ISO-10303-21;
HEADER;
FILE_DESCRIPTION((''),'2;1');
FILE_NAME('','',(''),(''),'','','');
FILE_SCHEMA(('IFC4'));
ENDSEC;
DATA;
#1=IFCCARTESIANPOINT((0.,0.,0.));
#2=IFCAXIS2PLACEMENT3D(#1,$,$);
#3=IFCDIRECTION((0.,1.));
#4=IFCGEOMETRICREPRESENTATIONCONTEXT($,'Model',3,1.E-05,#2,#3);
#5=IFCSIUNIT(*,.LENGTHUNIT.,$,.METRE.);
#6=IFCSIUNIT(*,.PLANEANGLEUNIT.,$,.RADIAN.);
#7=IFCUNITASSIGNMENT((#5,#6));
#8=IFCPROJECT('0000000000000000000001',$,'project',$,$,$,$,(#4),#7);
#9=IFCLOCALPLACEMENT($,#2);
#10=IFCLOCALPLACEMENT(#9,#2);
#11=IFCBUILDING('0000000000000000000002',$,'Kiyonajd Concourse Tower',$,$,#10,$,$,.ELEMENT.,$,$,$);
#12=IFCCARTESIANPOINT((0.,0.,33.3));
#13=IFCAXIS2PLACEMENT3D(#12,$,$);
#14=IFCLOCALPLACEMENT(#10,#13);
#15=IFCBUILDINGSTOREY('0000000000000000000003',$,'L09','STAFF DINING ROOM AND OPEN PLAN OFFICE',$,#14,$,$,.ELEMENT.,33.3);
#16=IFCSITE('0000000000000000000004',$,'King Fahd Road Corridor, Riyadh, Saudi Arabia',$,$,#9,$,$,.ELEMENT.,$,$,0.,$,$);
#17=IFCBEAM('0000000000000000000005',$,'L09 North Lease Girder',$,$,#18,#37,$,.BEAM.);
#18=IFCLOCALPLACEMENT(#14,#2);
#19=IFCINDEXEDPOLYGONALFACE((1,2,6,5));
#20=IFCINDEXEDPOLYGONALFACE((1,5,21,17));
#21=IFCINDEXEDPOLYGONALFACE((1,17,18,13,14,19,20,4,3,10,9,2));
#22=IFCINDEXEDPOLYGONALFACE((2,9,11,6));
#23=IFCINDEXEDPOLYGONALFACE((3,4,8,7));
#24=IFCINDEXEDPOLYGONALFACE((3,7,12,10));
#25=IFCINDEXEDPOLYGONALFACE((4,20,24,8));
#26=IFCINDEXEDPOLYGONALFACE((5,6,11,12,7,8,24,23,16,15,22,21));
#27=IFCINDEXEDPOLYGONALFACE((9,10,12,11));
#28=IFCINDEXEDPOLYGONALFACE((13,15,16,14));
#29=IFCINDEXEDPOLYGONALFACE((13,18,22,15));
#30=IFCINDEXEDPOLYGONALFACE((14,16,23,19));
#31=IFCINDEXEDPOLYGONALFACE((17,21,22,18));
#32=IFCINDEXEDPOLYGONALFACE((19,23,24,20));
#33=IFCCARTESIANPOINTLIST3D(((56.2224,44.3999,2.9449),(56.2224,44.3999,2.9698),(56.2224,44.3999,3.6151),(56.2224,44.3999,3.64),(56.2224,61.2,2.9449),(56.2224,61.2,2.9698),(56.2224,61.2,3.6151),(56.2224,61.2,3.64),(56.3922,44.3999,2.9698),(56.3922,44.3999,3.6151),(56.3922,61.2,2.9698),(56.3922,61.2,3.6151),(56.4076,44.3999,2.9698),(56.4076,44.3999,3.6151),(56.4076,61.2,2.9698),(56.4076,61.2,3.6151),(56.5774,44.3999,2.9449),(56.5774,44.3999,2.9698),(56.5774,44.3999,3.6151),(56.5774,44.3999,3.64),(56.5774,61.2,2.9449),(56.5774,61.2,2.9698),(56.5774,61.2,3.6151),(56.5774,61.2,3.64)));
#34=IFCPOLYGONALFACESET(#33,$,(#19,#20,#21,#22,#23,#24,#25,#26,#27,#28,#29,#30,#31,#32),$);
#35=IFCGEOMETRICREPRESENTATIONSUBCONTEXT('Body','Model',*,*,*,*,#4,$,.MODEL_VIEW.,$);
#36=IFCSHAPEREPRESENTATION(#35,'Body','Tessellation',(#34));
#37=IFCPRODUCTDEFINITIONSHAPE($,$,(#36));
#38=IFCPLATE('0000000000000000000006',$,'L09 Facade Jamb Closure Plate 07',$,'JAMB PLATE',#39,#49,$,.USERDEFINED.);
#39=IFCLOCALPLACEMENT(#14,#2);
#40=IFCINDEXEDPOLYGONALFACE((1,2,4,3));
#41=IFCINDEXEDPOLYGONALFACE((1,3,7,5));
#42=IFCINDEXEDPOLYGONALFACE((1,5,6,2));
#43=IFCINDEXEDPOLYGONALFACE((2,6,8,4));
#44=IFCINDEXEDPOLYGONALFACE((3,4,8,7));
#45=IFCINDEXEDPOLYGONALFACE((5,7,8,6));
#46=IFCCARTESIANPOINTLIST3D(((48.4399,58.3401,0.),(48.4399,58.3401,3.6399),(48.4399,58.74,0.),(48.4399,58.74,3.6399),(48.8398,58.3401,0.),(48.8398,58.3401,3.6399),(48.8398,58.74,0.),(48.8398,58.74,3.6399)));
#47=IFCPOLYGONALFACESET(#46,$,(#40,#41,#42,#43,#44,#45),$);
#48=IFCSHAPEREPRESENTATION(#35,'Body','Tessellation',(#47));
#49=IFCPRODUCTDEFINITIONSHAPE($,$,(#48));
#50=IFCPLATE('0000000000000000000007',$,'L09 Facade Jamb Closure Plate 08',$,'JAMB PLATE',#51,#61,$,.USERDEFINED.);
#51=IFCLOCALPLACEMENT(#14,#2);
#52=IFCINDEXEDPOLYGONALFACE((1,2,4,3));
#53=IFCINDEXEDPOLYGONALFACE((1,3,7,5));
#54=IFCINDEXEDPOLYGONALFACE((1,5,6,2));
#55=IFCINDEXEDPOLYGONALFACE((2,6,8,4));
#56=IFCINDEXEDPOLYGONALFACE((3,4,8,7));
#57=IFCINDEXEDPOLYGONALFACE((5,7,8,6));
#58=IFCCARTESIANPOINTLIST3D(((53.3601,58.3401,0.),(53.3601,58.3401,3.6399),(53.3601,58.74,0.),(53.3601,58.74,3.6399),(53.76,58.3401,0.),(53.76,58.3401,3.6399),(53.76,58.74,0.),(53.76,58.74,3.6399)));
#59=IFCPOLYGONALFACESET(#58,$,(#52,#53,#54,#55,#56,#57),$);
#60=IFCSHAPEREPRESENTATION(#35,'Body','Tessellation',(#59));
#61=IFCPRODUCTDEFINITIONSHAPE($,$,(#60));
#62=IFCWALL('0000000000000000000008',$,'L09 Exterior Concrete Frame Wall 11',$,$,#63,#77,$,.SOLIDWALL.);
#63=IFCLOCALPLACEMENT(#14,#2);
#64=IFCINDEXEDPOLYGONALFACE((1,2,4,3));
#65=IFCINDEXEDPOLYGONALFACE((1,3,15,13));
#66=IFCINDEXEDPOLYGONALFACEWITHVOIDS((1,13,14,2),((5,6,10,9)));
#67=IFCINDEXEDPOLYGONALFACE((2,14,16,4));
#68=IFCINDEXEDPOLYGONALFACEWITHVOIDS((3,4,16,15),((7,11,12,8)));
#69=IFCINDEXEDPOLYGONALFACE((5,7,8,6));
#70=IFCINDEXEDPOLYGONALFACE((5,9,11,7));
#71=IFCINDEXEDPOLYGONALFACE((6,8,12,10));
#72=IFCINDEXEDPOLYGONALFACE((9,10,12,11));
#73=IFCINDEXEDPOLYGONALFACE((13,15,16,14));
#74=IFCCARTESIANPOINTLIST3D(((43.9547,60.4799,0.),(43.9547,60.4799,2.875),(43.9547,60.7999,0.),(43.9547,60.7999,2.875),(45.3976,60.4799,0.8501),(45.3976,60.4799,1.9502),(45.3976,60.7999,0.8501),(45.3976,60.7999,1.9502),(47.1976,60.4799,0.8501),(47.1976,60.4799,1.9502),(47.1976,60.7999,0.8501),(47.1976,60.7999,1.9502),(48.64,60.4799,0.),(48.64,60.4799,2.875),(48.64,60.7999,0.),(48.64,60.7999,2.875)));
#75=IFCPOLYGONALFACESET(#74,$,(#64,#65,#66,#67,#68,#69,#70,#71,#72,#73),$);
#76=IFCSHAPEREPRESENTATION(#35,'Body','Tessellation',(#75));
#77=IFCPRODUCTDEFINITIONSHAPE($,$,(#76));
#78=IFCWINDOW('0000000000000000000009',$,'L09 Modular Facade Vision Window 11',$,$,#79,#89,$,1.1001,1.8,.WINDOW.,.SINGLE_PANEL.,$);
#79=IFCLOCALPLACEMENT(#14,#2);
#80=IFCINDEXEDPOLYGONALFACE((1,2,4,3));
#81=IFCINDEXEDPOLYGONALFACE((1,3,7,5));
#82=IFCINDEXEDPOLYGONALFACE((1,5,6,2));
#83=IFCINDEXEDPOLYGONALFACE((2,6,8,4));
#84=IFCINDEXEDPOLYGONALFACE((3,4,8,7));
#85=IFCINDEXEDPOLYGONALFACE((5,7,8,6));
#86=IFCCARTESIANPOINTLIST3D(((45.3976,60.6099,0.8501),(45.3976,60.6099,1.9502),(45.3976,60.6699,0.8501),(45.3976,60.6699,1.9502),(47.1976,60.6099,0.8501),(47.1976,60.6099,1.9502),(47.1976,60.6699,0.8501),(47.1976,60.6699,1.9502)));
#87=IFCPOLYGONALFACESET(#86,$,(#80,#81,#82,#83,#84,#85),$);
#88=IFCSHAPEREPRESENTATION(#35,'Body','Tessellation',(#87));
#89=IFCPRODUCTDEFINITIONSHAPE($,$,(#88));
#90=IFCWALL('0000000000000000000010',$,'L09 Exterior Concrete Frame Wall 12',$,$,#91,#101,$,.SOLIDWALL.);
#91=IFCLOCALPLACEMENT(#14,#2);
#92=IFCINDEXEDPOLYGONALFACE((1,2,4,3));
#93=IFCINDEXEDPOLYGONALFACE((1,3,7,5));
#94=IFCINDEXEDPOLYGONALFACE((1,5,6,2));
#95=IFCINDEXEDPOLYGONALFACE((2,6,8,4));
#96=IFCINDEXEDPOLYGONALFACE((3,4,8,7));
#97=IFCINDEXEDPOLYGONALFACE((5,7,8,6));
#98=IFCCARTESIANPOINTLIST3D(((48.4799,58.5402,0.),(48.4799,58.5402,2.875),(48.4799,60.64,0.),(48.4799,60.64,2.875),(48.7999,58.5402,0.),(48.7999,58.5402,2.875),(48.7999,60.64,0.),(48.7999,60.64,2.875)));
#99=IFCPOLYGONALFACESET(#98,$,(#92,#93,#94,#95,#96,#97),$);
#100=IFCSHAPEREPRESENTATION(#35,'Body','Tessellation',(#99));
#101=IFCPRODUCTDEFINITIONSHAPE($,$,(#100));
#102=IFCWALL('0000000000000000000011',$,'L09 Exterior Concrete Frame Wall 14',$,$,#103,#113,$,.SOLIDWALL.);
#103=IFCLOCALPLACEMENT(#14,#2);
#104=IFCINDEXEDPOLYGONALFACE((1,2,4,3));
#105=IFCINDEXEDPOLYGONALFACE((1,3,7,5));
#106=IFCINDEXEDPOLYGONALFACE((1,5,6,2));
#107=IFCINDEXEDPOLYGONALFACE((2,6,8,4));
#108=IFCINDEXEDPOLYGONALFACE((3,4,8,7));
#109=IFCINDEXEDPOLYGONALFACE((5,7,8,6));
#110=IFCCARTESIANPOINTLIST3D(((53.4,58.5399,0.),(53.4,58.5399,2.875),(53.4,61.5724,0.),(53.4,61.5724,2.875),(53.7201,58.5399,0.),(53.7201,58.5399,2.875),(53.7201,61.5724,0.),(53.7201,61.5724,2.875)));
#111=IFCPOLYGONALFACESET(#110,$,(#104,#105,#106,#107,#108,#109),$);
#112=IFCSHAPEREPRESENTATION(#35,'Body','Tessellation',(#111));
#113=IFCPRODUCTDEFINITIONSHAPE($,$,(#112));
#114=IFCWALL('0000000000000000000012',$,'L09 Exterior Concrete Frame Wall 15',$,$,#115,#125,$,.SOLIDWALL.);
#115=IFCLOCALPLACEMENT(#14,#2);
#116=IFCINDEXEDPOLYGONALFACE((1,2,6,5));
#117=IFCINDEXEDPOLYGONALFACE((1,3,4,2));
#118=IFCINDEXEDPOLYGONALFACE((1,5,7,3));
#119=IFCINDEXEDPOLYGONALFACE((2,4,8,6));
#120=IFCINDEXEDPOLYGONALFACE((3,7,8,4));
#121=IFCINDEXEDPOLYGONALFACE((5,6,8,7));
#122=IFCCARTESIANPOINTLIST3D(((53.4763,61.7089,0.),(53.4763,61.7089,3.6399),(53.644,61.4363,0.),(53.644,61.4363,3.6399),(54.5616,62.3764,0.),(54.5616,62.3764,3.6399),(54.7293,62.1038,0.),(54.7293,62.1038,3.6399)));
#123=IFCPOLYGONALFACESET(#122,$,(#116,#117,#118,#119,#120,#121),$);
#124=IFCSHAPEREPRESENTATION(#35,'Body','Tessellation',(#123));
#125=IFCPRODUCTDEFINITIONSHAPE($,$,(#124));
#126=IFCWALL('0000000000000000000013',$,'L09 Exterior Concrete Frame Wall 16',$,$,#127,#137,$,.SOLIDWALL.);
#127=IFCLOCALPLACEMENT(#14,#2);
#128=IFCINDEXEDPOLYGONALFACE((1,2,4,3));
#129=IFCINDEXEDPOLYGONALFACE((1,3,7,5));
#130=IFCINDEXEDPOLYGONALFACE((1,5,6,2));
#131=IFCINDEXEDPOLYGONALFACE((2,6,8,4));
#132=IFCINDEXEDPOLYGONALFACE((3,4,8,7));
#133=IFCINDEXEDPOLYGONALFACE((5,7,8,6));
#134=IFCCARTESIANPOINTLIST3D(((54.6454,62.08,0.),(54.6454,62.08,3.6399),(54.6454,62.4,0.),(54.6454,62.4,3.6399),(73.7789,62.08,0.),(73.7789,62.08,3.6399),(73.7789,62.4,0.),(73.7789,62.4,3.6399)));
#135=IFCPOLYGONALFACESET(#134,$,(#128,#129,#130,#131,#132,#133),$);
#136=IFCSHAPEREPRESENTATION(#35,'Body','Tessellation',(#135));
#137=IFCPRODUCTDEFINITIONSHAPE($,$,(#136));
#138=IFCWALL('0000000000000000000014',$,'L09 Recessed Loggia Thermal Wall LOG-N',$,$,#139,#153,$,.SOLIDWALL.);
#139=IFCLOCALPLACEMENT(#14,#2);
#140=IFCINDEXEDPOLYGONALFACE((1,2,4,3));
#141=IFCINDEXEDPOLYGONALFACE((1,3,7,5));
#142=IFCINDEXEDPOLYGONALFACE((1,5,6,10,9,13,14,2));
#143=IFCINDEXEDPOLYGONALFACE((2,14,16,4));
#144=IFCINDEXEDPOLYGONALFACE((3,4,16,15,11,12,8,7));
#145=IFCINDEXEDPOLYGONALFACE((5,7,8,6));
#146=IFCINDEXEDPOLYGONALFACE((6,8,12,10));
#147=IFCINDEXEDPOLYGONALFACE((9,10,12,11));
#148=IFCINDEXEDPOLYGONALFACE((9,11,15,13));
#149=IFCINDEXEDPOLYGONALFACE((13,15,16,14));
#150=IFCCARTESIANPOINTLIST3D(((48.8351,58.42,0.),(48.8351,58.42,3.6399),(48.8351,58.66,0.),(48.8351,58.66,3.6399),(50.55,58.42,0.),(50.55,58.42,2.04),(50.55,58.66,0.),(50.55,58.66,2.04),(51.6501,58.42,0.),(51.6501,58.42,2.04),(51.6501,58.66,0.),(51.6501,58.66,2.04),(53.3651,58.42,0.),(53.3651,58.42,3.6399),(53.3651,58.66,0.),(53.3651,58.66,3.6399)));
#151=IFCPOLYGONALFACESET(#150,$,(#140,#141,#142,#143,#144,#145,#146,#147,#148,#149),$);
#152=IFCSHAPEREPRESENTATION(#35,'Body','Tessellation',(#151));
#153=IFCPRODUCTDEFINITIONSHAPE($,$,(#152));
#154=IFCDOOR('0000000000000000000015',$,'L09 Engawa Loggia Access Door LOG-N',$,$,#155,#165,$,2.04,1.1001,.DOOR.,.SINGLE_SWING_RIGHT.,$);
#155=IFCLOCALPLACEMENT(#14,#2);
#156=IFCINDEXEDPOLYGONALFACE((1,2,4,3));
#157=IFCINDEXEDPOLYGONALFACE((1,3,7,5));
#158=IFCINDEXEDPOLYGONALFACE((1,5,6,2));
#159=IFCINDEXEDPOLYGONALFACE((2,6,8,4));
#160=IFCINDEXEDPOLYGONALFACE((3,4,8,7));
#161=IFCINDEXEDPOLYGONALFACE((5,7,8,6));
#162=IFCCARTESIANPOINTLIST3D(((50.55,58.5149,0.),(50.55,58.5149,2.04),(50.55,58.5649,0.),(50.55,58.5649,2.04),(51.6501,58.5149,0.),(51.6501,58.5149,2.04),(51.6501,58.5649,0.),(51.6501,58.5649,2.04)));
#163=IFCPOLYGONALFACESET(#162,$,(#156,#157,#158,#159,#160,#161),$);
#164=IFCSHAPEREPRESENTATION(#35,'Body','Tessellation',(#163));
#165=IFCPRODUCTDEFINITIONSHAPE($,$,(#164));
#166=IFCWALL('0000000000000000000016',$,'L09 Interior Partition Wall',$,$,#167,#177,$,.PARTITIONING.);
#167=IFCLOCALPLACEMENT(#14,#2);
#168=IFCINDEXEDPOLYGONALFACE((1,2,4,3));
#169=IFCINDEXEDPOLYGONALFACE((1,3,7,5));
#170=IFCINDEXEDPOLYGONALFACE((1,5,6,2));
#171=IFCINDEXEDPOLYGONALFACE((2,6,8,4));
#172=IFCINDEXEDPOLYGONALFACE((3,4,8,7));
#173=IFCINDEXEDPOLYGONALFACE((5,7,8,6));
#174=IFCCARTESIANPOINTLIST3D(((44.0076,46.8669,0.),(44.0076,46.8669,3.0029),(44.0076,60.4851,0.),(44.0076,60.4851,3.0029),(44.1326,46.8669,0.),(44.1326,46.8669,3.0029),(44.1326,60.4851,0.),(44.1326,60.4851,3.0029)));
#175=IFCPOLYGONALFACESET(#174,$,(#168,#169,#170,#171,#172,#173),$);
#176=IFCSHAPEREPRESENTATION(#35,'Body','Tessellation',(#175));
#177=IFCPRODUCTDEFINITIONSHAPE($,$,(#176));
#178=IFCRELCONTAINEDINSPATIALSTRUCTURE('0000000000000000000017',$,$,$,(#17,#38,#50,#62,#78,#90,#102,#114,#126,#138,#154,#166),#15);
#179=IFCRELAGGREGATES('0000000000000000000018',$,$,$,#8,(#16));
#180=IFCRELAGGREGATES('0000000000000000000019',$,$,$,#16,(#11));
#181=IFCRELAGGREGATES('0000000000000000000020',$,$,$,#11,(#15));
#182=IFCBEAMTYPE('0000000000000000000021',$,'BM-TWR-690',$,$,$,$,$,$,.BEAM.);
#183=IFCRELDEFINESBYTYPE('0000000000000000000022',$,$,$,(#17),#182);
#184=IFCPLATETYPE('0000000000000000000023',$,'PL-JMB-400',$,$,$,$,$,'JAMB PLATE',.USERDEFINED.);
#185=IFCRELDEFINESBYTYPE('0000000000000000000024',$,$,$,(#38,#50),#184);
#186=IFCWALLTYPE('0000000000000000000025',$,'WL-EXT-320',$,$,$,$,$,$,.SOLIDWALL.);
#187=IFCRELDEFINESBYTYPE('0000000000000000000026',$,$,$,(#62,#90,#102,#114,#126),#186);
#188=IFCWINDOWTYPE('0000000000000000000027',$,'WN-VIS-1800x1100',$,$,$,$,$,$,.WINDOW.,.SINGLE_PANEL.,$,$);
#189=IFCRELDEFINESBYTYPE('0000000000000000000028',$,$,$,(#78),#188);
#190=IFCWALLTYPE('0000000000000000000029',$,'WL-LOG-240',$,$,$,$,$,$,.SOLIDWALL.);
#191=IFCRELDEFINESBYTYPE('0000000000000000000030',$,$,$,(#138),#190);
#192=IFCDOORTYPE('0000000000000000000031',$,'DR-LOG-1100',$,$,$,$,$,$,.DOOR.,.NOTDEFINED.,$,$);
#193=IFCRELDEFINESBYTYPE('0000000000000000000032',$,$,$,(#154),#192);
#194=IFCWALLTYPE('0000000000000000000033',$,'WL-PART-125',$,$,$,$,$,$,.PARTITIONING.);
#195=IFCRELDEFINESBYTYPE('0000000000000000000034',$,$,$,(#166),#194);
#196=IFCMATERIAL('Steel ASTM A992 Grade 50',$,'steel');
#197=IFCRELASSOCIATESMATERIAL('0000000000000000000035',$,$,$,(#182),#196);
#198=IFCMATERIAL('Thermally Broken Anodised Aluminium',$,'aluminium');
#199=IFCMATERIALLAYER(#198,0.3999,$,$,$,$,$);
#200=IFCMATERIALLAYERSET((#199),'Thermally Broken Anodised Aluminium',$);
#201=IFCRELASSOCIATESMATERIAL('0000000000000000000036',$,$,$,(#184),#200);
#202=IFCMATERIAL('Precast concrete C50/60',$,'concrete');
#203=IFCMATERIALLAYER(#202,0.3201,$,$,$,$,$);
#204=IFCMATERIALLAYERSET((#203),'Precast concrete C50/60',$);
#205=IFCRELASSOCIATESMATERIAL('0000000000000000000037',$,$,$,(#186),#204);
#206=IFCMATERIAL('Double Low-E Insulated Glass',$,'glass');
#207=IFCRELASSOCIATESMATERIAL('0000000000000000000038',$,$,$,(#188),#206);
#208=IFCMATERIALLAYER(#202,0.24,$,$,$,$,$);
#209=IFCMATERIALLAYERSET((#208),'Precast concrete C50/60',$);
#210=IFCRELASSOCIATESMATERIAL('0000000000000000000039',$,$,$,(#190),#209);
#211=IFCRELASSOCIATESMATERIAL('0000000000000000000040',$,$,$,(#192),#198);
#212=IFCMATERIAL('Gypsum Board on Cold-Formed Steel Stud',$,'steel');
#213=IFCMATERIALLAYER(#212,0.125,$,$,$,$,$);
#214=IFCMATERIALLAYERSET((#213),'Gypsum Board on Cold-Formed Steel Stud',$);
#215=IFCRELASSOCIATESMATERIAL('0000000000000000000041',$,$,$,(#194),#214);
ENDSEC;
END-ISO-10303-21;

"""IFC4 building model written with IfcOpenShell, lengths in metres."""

from ifc_helpers import new_model, si_unit, direction, frame, frame_2d, origin, origin_2d, place, context, subcontext, project, spatial, rectangle, i_section, extrude, material, layer, layer_set, material_profile, profile_set, type_object, element, fill, save


model = new_model("IFC4")

# Units and contexts
model_context = context("Model", 3, precision=1e-05, world=origin(), true_north=direction((0.0, 1.0)))
body_context = subcontext(model_context, "Body", "Model", "MODEL_VIEW")
ifc_project = project(units=[si_unit("LENGTHUNIT", "METRE"), si_unit("PLANEANGLEUNIT", "RADIAN")], contexts=[model_context])

# Site, building, storey
site_placement = place(None, origin())
site = spatial("IfcSite", under=ifc_project, at=site_placement, Name="King Fahd Road Corridor, Riyadh, Saudi Arabia", CompositionType="ELEMENT", RefElevation=0.0)
building_placement = place(site_placement, origin())
building = spatial("IfcBuilding", under=site, at=building_placement, Name="Kiyonajd Concourse Tower", CompositionType="ELEMENT")
storey_placement = place(building_placement, frame((0.0, 0.0, 33.3)))
storey = spatial("IfcBuildingStorey", under=building, at=storey_placement, Name="L09", Description="STAFF DINING ROOM AND OPEN PLAN OFFICE", CompositionType="ELEMENT", Elevation=33.3)

# Beam
ifc_material_1 = material(Name="Steel ASTM A992 Grade 50", Category="steel")
ifc_material_2 = material(Name="Precast concrete C50/60", Category="concrete")
ifc_material_profile_1 = material_profile(ifc_material_1, i_section(OverallWidth=0.355, OverallDepth=0.6951, WebThickness=0.0154, FlangeThickness=0.0249, at=origin_2d()), Name="W690X217")
ifc_profile_set_1 = profile_set([ifc_material_profile_1], Name="Steel ASTM A992 Grade 50")
beam_type_1 = type_object("IfcBeamType", Name="BM-TWR-690", PredefinedType="BEAM", material=ifc_profile_set_1)
beam_1_placement = place(storey_placement, frame((56.3999, 44.3999, 3.2925), z_axis=(0.0, 1.0, 0.0), x_axis=(-1.0, 0.0, 0.0)))
element("IfcBeam", 1, at=beam_1_placement, inside=storey, type_object=beam_type_1, Name="L09 North Lease Girder", PredefinedType="BEAM", context=body_context, shape_type="SweptSolid", body=[
    extrude(i_section(OverallWidth=0.355, OverallDepth=0.6951, WebThickness=0.0154, FlangeThickness=0.0249, at=origin_2d()), origin(), (0.0, 0.0, 1.0), 16.8),
])

# Plates
ifc_material_3 = material(Name="Thermally Broken Anodised Aluminium", Category="aluminium")
ifc_layer_1 = layer(ifc_material_3, 0.3999)
ifc_layer_set_1 = layer_set([ifc_layer_1], Name="Thermally Broken Anodised Aluminium")
plate_type = type_object("IfcPlateType", Name="PL-JMB-400", ElementType="JAMB PLATE", PredefinedType="USERDEFINED", material=ifc_layer_set_1)
for number, where, z_axis, x_axis, name in (
    (2, (48.6399, 58.54, 0.0), (0.0, 0.0, 1.0), (1.0, 0.0, 0.0), "L09 Facade Jamb Closure Plate 07"),
    (3, (53.5601, 58.54, 0.0), (0.0, 0.0, 1.0), (1.0, 0.0, 0.0), "L09 Facade Jamb Closure Plate 08"),
):
    element("IfcPlate", number, at=place(storey_placement, frame(where, z_axis=z_axis, x_axis=x_axis)), inside=storey, type_object=plate_type, Name=name, ObjectType="JAMB PLATE", PredefinedType="USERDEFINED", context=body_context, shape_type="SweptSolid", body=[
        extrude(rectangle(XDim=0.3999, YDim=0.3999, at=origin_2d()), origin(), (0.0, 0.0, 1.0), 3.6399),
    ])

# Wall, opening, window
ifc_layer_2 = layer(ifc_material_2, 0.3201)
ifc_layer_set_2 = layer_set([ifc_layer_2], Name="Precast concrete C50/60")
wall_type_1 = type_object("IfcWallType", Name="WL-EXT-320", PredefinedType="SOLIDWALL", material=ifc_layer_set_2)
wall_1_placement = place(storey_placement, frame((43.9546, 60.6399, 0.0), z_axis=(0.0, 0.0, 1.0), x_axis=(1.0, 0.0, 0.0)))
wall_1 = element("IfcWall", 4, at=wall_1_placement, inside=storey, type_object=wall_type_1, Name="L09 Exterior Concrete Frame Wall 11", PredefinedType="SOLIDWALL", context=body_context, shape_type="SweptSolid", body=[
    extrude(rectangle(XDim=4.6853, YDim=0.3201, at=frame_2d((2.3428, 0.0))), origin(), (0.0, 0.0, 1.0), 2.875),
])
opening_1_placement = place(wall_1_placement, frame((1.4431, 0.0, 0.8501)))
opening_1 = element("IfcOpeningElement", 5, at=opening_1_placement, cuts=wall_1, PredefinedType="OPENING", context=body_context, shape_type="SweptSolid", body=[
    extrude(rectangle(XDim=1.8, YDim=1.1001, at=frame_2d((0.8999, 0.55))), frame((0.0, 0.1699, 0.0), z_axis=(0.0, -1.0, 0.0), x_axis=(1.0, 0.0, 0.0)), (0.0, 0.0, 1.0), 0.3401),
])
ifc_material_4 = material(Name="Double Low-E Insulated Glass", Category="glass")
window_type = type_object("IfcWindowType", Name="WN-VIS-1800x1100", PartitioningType="SINGLE_PANEL", PredefinedType="WINDOW", material=ifc_material_4)
window_placement = place(opening_1_placement, origin())
window = element("IfcWindow", 6, at=window_placement, inside=storey, type_object=window_type, Name="L09 Modular Facade Vision Window 11", OverallHeight=1.1001, OverallWidth=1.8, PartitioningType="SINGLE_PANEL", PredefinedType="WINDOW", context=body_context, shape_type="SweptSolid", body=[
    extrude(rectangle(XDim=1.8, YDim=1.1001, at=frame_2d((0.8999, 0.55))), frame((0.0, 0.03, 0.0), z_axis=(0.0, -1.0, 0.0), x_axis=(1.0, 0.0, 0.0)), (0.0, 0.0, 1.0), 0.0601),
])
fill(opening_1, window)

# Walls
wall_2_placement = place(storey_placement, frame((48.6399, 60.6399, 0.0), z_axis=(0.0, 0.0, 1.0), x_axis=(0.0, -1.0, 0.0)))
element("IfcWall", 7, at=wall_2_placement, inside=storey, type_object=wall_type_1, Name="L09 Exterior Concrete Frame Wall 12", PredefinedType="SOLIDWALL", context=body_context, shape_type="SweptSolid", body=[
    extrude(rectangle(XDim=2.0999, YDim=0.3201, at=frame_2d((1.0498, 0.0))), origin(), (0.0, 0.0, 1.0), 2.875),
])
wall_3_placement = place(storey_placement, frame((53.5601, 58.54, 0.0), z_axis=(0.0, 0.0, 1.0), x_axis=(0.0, 1.0, 0.0)))
element("IfcWall", 8, at=wall_3_placement, inside=storey, type_object=wall_type_1, Name="L09 Exterior Concrete Frame Wall 14", PredefinedType="SOLIDWALL", context=body_context, shape_type="SweptSolid", body=[
    extrude(rectangle(XDim=3.0325, YDim=0.3201, at=frame_2d((1.5161, 0.0))), origin(), (0.0, 0.0, 1.0), 2.875),
])
wall_4_placement = place(storey_placement, frame((53.5601, 61.5725, 0.0), z_axis=(0.0, 0.0, 1.0), x_axis=(0.851777, 0.523905, 0.0)))
element("IfcWall", 9, at=wall_4_placement, inside=storey, type_object=wall_type_1, Name="L09 Exterior Concrete Frame Wall 15", PredefinedType="SOLIDWALL", context=body_context, shape_type="SweptSolid", body=[
    extrude(rectangle(XDim=1.2742, YDim=0.3201, at=frame_2d((0.6372, 0.0))), origin(), (0.0, 0.0, 1.0), 3.6399),
])
wall_5_placement = place(storey_placement, frame((54.6453, 62.24, 0.0), z_axis=(0.0, 0.0, 1.0), x_axis=(1.0, 0.0, 0.0)))
element("IfcWall", 10, at=wall_5_placement, inside=storey, type_object=wall_type_1, Name="L09 Exterior Concrete Frame Wall 16", PredefinedType="SOLIDWALL", context=body_context, shape_type="SweptSolid", body=[
    extrude(rectangle(XDim=19.1335, YDim=0.3201, at=frame_2d((9.5669, 0.0))), origin(), (0.0, 0.0, 1.0), 3.6399),
])

# Wall, opening, door
ifc_layer_3 = layer(ifc_material_2, 0.24)
ifc_layer_set_3 = layer_set([ifc_layer_3], Name="Precast concrete C50/60")
wall_type_2 = type_object("IfcWallType", Name="WL-LOG-240", PredefinedType="SOLIDWALL", material=ifc_layer_set_3)
wall_6_placement = place(storey_placement, frame((48.835, 58.54, 0.0), z_axis=(0.0, 0.0, 1.0), x_axis=(1.0, 0.0, 0.0)))
wall_6 = element("IfcWall", 11, at=wall_6_placement, inside=storey, type_object=wall_type_2, Name="L09 Recessed Loggia Thermal Wall LOG-N", PredefinedType="SOLIDWALL", context=body_context, shape_type="SweptSolid", body=[
    extrude(rectangle(XDim=4.53, YDim=0.24, at=frame_2d((2.2651, 0.0))), origin(), (0.0, 0.0, 1.0), 3.6399),
])
opening_2_placement = place(wall_6_placement, frame((1.7151, 0.0, 0.0)))
opening_2 = element("IfcOpeningElement", 12, at=opening_2_placement, cuts=wall_6, PredefinedType="OPENING", context=body_context, shape_type="SweptSolid", body=[
    extrude(rectangle(XDim=1.1001, YDim=2.04, at=frame_2d((0.55, 1.02))), frame((0.0, 0.1299, 0.0), z_axis=(0.0, -1.0, 0.0), x_axis=(1.0, 0.0, 0.0)), (0.0, 0.0, 1.0), 0.26),
])
door_type = type_object("IfcDoorType", Name="DR-LOG-1100", OperationType="NOTDEFINED", PredefinedType="DOOR", material=ifc_material_3)
door_placement = place(opening_2_placement, origin())
door = element("IfcDoor", 13, at=door_placement, inside=storey, type_object=door_type, Name="L09 Engawa Loggia Access Door LOG-N", OperationType="SINGLE_SWING_RIGHT", OverallHeight=2.04, OverallWidth=1.1001, PredefinedType="DOOR", context=body_context, shape_type="SweptSolid", body=[
    extrude(rectangle(XDim=1.1001, YDim=2.04, at=frame_2d((0.55, 1.02))), frame((0.0, 0.0249, 0.0), z_axis=(0.0, -1.0, 0.0), x_axis=(1.0, 0.0, 0.0)), (0.0, 0.0, 1.0), 0.05),
])
fill(opening_2, door)

# Wall
ifc_material_5 = material(Name="Gypsum Board on Cold-Formed Steel Stud", Category="steel")
ifc_layer_4 = layer(ifc_material_5, 0.125)
ifc_layer_set_4 = layer_set([ifc_layer_4], Name="Gypsum Board on Cold-Formed Steel Stud")
wall_type_3 = type_object("IfcWallType", Name="WL-PART-125", PredefinedType="PARTITIONING", material=ifc_layer_set_4)
wall_7_placement = place(storey_placement, frame((44.0701, 46.8669, 0.0), z_axis=(0.0, 0.0, 1.0), x_axis=(0.0, 1.0, 0.0)))
element("IfcWall", 14, at=wall_7_placement, inside=storey, type_object=wall_type_3, Name="L09 Interior Partition Wall", PredefinedType="PARTITIONING", context=body_context, shape_type="SweptSolid", body=[
    extrude(rectangle(XDim=13.6182, YDim=0.125, at=frame_2d((6.8091, 0.0))), origin(), (0.0, 0.0, 1.0), 3.0029),
])

save(model, "model.ifc")
